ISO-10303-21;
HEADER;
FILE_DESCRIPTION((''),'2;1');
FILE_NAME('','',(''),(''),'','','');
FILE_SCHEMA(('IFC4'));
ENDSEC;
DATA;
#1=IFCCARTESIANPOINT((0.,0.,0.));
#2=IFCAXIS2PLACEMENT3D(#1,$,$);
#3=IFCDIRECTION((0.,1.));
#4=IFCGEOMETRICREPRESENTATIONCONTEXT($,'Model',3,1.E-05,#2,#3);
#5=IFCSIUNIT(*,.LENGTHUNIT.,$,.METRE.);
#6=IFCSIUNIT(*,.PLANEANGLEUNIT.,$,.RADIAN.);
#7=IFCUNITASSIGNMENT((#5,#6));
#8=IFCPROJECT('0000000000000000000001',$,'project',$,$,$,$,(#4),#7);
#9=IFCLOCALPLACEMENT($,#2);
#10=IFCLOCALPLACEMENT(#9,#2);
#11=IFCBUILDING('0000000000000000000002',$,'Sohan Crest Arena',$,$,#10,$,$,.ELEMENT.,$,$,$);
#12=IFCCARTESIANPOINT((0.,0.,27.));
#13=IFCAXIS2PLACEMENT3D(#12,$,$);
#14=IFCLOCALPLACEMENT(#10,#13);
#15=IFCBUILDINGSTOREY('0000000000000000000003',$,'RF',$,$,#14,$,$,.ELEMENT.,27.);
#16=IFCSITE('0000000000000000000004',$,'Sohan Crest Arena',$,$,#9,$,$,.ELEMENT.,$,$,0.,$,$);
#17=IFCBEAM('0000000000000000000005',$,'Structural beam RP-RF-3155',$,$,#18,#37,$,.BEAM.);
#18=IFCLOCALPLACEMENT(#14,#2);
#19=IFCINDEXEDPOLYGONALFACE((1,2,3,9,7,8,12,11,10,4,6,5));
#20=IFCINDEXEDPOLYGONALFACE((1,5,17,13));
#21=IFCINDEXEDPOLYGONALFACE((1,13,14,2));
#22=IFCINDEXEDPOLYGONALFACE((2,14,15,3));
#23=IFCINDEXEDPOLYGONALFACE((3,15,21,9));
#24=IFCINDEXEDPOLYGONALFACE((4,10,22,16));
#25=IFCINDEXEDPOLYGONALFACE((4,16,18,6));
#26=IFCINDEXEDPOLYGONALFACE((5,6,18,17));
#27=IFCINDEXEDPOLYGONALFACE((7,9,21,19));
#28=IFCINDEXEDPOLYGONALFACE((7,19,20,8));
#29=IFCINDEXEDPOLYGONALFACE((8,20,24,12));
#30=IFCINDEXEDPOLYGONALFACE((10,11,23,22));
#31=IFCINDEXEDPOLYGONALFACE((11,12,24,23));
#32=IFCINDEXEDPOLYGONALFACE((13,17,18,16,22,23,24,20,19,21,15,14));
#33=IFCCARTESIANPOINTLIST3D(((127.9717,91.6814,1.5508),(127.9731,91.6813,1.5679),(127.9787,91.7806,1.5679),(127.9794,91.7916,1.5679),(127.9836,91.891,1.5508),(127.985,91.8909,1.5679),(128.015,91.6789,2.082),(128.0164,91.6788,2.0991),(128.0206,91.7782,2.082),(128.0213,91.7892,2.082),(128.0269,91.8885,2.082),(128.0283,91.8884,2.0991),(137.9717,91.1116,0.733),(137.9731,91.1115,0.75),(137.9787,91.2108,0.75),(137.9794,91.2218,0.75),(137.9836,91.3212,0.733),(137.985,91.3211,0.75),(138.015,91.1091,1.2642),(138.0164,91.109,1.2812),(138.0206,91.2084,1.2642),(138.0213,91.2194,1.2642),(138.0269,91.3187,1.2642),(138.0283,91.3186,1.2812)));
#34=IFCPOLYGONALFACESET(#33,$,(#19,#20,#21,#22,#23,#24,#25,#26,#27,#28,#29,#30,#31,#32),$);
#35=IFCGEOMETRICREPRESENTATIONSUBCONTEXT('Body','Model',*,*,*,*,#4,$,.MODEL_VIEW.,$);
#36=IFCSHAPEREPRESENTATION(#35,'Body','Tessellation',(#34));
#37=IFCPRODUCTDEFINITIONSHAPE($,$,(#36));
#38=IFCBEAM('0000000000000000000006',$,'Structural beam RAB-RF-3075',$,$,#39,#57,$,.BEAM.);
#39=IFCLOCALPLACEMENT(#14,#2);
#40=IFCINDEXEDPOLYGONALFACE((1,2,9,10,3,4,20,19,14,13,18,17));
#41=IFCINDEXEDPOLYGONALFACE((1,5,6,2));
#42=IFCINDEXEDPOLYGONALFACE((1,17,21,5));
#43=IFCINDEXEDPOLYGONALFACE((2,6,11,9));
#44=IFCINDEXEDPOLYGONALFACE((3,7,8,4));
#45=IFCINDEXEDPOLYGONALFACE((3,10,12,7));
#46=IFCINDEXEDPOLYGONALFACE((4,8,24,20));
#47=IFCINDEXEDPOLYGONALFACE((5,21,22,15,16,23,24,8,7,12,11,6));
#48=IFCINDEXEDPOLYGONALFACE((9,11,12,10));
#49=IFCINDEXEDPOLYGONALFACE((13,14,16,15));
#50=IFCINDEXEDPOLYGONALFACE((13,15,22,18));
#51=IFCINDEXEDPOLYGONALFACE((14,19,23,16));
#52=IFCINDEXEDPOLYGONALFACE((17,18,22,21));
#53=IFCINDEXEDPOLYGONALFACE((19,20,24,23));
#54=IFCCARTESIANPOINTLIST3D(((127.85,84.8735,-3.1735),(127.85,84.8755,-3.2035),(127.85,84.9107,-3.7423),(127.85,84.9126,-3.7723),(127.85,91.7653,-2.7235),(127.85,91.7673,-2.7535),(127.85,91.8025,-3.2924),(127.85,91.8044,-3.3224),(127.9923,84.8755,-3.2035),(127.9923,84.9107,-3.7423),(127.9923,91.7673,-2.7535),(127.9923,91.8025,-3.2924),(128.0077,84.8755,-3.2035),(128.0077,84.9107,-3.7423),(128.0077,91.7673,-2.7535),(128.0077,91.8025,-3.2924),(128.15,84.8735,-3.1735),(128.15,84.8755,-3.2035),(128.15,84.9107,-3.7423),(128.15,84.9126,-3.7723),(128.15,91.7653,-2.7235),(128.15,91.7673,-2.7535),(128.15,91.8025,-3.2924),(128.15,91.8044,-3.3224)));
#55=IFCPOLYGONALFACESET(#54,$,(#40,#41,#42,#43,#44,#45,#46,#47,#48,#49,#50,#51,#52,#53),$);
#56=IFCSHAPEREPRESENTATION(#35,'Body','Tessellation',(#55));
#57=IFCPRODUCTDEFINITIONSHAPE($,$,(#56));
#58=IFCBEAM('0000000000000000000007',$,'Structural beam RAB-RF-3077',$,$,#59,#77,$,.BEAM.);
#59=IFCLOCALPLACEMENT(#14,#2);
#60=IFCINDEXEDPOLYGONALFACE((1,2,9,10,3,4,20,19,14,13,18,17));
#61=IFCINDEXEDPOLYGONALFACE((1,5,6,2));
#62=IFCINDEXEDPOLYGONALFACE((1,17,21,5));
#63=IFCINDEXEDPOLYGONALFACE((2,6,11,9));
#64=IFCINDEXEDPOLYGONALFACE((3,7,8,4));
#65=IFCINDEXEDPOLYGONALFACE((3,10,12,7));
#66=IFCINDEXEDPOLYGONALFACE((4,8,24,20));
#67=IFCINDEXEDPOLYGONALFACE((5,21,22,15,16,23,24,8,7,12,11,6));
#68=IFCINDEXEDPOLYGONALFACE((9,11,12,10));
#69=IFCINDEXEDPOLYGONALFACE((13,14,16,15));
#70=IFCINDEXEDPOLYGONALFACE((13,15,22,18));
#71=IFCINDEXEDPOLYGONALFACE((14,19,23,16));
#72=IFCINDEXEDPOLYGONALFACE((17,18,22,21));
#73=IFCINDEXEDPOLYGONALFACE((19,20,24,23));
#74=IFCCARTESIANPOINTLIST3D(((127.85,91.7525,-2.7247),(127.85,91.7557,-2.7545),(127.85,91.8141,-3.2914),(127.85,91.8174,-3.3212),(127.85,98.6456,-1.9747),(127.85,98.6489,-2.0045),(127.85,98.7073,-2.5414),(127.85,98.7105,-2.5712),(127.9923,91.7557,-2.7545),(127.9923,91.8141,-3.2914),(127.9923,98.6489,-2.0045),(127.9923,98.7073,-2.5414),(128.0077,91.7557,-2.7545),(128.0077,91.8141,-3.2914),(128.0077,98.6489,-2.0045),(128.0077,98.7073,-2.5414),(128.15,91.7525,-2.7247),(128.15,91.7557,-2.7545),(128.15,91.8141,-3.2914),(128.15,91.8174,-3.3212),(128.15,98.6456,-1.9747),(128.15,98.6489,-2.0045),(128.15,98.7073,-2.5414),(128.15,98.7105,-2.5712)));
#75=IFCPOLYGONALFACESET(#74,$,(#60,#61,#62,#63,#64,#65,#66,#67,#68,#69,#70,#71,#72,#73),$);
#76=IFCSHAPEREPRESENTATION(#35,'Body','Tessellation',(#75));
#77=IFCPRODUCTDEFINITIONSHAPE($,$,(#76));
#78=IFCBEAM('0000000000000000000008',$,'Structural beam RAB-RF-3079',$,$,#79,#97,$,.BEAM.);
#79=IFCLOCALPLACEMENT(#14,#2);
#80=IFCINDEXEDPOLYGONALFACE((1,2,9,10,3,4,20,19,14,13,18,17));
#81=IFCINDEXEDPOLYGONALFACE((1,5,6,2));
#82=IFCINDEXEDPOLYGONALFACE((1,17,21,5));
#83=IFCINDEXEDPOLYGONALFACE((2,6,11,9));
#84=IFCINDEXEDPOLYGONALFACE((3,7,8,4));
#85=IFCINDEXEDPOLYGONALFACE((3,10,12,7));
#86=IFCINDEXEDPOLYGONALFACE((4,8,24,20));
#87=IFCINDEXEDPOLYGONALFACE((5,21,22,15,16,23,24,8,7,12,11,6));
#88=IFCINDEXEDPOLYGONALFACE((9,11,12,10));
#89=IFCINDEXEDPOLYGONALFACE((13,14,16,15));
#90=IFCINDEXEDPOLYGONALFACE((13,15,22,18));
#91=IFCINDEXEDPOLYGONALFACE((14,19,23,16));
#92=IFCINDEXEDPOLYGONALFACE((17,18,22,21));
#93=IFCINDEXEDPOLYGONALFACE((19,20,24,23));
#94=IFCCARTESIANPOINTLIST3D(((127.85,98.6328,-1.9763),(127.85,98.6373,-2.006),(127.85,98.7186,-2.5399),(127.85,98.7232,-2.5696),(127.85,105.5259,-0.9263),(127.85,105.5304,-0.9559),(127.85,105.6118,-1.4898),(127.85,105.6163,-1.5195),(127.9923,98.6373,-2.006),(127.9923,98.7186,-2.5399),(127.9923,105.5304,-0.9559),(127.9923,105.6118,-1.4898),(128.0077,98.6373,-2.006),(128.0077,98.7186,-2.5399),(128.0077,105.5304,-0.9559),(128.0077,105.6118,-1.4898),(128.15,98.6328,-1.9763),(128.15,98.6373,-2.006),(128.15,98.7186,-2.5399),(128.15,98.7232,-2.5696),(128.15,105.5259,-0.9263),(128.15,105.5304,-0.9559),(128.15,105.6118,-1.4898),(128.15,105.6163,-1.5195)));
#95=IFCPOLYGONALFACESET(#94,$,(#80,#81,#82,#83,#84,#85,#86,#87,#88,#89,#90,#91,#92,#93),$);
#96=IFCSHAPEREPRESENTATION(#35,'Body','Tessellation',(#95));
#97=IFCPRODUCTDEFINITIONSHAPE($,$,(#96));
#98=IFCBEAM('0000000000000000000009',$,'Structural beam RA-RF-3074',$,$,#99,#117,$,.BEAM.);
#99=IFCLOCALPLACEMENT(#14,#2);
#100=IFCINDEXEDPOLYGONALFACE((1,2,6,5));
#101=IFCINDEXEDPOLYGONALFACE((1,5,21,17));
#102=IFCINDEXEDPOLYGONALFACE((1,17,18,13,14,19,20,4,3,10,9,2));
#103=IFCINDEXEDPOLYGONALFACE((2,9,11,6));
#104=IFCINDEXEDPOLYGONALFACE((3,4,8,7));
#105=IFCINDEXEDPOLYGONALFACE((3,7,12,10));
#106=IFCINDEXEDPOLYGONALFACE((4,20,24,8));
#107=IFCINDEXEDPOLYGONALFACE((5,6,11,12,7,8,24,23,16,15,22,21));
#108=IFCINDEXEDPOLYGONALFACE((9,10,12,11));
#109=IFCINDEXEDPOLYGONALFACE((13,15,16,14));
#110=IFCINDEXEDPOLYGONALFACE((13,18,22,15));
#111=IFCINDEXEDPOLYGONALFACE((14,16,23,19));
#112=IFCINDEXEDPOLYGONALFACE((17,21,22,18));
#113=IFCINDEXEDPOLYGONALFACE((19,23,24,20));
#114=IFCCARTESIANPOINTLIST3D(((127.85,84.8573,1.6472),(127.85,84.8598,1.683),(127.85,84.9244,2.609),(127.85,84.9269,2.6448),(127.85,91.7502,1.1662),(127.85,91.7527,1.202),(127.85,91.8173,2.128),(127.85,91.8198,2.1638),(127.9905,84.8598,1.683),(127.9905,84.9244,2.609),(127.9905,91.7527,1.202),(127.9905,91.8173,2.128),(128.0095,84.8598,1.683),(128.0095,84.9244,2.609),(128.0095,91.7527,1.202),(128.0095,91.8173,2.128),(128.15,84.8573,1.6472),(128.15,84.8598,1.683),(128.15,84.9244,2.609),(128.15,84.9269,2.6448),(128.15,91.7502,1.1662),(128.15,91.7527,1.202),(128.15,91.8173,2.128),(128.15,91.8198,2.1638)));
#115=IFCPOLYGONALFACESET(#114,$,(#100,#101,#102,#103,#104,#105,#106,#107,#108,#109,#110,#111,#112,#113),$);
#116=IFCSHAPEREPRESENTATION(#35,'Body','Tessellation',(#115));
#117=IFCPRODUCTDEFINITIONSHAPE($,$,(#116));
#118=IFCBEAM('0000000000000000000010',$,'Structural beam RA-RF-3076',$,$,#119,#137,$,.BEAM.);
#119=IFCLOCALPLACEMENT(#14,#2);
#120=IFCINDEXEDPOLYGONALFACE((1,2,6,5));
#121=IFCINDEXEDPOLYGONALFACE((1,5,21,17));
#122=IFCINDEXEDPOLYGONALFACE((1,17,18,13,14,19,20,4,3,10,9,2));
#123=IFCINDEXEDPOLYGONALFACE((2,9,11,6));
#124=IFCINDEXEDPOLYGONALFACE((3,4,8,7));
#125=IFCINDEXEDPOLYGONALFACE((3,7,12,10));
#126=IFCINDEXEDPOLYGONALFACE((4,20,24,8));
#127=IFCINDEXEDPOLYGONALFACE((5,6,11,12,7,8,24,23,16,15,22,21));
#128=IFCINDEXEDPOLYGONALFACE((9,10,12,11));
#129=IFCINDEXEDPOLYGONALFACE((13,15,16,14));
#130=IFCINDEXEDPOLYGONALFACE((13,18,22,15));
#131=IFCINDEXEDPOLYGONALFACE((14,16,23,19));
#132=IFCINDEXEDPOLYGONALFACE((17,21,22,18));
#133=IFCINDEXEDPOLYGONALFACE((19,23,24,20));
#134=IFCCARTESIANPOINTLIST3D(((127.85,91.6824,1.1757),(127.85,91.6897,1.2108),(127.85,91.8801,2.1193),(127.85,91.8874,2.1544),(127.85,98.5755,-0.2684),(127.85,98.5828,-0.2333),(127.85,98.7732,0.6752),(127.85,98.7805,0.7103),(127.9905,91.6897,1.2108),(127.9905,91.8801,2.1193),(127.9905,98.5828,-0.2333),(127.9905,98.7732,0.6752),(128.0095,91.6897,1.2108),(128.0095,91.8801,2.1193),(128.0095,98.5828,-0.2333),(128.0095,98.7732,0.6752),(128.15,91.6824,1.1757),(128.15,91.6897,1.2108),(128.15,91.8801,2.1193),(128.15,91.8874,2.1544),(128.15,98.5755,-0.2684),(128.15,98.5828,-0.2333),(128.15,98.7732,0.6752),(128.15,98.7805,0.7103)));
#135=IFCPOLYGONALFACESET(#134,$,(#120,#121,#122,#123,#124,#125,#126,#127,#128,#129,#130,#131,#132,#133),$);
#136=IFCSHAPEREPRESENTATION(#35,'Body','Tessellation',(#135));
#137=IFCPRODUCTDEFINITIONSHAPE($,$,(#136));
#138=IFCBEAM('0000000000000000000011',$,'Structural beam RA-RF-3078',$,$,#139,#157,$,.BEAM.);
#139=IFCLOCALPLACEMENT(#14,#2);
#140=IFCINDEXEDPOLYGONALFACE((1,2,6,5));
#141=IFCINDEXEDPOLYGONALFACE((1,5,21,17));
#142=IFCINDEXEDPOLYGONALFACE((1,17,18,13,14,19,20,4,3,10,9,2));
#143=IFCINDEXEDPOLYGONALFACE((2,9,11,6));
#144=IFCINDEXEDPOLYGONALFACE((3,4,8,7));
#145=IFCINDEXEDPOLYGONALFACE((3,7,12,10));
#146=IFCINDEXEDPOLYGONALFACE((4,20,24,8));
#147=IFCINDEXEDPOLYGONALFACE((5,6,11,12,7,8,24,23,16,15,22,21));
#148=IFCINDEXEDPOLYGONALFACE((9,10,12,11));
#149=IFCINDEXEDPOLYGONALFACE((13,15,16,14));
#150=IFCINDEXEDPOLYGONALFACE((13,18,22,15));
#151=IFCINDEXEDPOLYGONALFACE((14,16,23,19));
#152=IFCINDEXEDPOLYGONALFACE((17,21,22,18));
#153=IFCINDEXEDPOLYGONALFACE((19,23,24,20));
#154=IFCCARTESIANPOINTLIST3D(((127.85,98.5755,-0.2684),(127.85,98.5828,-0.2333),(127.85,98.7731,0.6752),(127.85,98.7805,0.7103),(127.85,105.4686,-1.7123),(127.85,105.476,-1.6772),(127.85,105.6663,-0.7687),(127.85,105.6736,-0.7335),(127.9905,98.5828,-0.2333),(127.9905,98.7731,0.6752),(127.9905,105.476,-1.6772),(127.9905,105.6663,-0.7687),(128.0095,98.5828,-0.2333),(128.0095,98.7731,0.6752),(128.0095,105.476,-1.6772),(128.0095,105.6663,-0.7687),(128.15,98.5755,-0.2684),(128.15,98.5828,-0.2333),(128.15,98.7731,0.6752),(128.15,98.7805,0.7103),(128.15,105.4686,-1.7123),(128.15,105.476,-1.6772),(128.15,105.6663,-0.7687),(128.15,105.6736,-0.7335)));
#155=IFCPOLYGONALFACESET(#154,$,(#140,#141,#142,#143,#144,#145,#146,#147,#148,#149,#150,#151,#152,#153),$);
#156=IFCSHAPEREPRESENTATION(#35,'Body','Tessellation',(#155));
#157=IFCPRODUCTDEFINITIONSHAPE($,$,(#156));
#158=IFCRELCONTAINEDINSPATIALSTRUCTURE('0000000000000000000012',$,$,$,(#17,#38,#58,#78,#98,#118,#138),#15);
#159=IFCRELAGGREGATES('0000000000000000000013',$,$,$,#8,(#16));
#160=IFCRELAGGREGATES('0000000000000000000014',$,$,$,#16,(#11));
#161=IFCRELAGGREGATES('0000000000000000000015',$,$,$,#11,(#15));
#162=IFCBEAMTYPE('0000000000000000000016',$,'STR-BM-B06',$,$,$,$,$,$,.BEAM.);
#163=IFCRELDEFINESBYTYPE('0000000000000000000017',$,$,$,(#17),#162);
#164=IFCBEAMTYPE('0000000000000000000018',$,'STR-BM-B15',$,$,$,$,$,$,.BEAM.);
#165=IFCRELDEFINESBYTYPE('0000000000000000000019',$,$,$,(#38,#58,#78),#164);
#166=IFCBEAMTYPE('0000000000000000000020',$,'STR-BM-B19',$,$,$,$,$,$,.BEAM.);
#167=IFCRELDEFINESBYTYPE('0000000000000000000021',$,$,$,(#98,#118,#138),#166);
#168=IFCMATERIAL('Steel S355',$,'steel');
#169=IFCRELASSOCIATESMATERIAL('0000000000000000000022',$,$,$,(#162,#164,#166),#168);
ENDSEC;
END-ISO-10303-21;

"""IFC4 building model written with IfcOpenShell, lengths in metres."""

from ifc_helpers import new_model, si_unit, direction, frame, origin, origin_2d, place, context, subcontext, project, spatial, i_section, extrude, material, material_profile, profile_set, type_object, element, save


model = new_model("IFC4")

# Units and contexts
model_context = context("Model", 3, precision=1e-05, world=origin(), true_north=direction((0.0, 1.0)))
body_context = subcontext(model_context, "Body", "Model", "MODEL_VIEW")
ifc_project = project(units=[si_unit("LENGTHUNIT", "METRE"), si_unit("PLANEANGLEUNIT", "RADIAN")], contexts=[model_context])

# Site, building, storey
site_placement = place(None, origin())
site = spatial("IfcSite", under=ifc_project, at=site_placement, Name="Sohan Crest Arena", CompositionType="ELEMENT", RefElevation=0.0)
building_placement = place(site_placement, origin())
building = spatial("IfcBuilding", under=site, at=building_placement, Name="Sohan Crest Arena", CompositionType="ELEMENT")
storey_placement = place(building_placement, frame((0.0, 0.0, 27.0)))
storey = spatial("IfcBuildingStorey", under=building, at=storey_placement, Name="RF", CompositionType="ELEMENT", Elevation=27.0)

# Beams
ifc_material_1 = material(Name="Steel S355", Category="steel")
ifc_material_profile_1 = material_profile(ifc_material_1, i_section(OverallWidth=0.21, OverallDepth=0.55, WebThickness=0.011, FlangeThickness=0.0171, at=origin_2d()), Name="IPE 550")
ifc_profile_set_1 = profile_set([ifc_material_profile_1], Name="Steel S355")
beam_type_1 = type_object("IfcBeamType", Name="STR-BM-B06", PredefinedType="BEAM", material=ifc_profile_set_1)
beam_1_placement = place(storey_placement, frame((128.0, 91.7849, 1.825), z_axis=(0.995069, -0.056701, -0.081384), x_axis=(0.05689, 0.99838, 0.0)))
element("IfcBeam", 1, at=beam_1_placement, inside=storey, type_object=beam_type_1, Name="Structural beam RP-RF-3155", PredefinedType="BEAM", context=body_context, shape_type="SweptSolid", body=[
    extrude(i_section(OverallWidth=0.21, OverallDepth=0.55, WebThickness=0.011, FlangeThickness=0.0171, at=origin_2d()), origin(), (0.0, 0.0, 1.0), 10.0496),
])
ifc_material_profile_2 = material_profile(ifc_material_1, i_section(OverallWidth=0.3, OverallDepth=0.6001, WebThickness=0.0154, FlangeThickness=0.03, at=origin_2d()), Name="HEB 600")
ifc_profile_set_2 = profile_set([ifc_material_profile_2], Name="Steel S355")
beam_type_2 = type_object("IfcBeamType", Name="STR-BM-B15", PredefinedType="BEAM", material=ifc_profile_set_2)
beam_2_placement = place(storey_placement, frame((128.0, 84.8931, -3.4729), z_axis=(0.0, 0.997876, 0.065149), x_axis=(-1.0, 0.0, 0.0)))
element("IfcBeam", 2, at=beam_2_placement, inside=storey, type_object=beam_type_2, Name="Structural beam RAB-RF-3075", PredefinedType="BEAM", context=body_context, shape_type="SweptSolid", body=[
    extrude(i_section(OverallWidth=0.3, OverallDepth=0.6001, WebThickness=0.0154, FlangeThickness=0.03, at=origin_2d()), origin(), (0.0, 0.0, 1.0), 6.9065),
])
beam_3_placement = place(storey_placement, frame((128.0, 91.7849, -3.0229), z_axis=(0.0, 0.994133, 0.108167), x_axis=(-1.0, 0.0, 0.0)))
element("IfcBeam", 3, at=beam_3_placement, inside=storey, type_object=beam_type_2, Name="Structural beam RAB-RF-3077", PredefinedType="BEAM", context=body_context, shape_type="SweptSolid", body=[
    extrude(i_section(OverallWidth=0.3, OverallDepth=0.6001, WebThickness=0.0154, FlangeThickness=0.03, at=origin_2d()), origin(), (0.0, 0.0, 1.0), 6.9338),
])
beam_4_placement = place(storey_placement, frame((128.0, 98.678, -2.2729), z_axis=(0.0, 0.988595, 0.150597), x_axis=(-1.0, 0.0, 0.0)))
element("IfcBeam", 4, at=beam_4_placement, inside=storey, type_object=beam_type_2, Name="Structural beam RAB-RF-3079", PredefinedType="BEAM", context=body_context, shape_type="SweptSolid", body=[
    extrude(i_section(OverallWidth=0.3, OverallDepth=0.6001, WebThickness=0.0154, FlangeThickness=0.03, at=origin_2d()), origin(), (0.0, 0.0, 1.0), 6.9727),
])
ifc_material_profile_3 = material_profile(ifc_material_1, i_section(OverallWidth=0.3, OverallDepth=1.0, WebThickness=0.019, FlangeThickness=0.0359, at=origin_2d()), Name="HEB 1000")
ifc_profile_set_3 = profile_set([ifc_material_profile_3], Name="Steel S355")
beam_type_3 = type_object("IfcBeamType", Name="STR-BM-B19", PredefinedType="BEAM", material=ifc_profile_set_3)
beam_5_placement = place(storey_placement, frame((128.0, 84.8921, 2.146), z_axis=(0.0, 0.997574, -0.069607), x_axis=(-1.0, 0.0, 0.0)))
element("IfcBeam", 5, at=beam_5_placement, inside=storey, type_object=beam_type_3, Name="Structural beam RA-RF-3074", PredefinedType="BEAM", context=body_context, shape_type="SweptSolid", body=[
    extrude(i_section(OverallWidth=0.3, OverallDepth=1.0, WebThickness=0.019, FlangeThickness=0.0359, at=origin_2d()), origin(), (0.0, 0.0, 1.0), 6.9097),
])
for number, where, z_axis, x_axis, name in (
    (6, (128.0, 91.7849, 1.665), (0.0, 0.978752, -0.205048), (-1.0, 0.0, 0.0), "Structural beam RA-RF-3076"),
    (7, (128.0, 98.678, 0.2209), (0.0, 0.978759, -0.205015), (-1.0, 0.0, 0.0), "Structural beam RA-RF-3078"),
):
    element("IfcBeam", number, at=place(storey_placement, frame(where, z_axis=z_axis, x_axis=x_axis)), inside=storey, type_object=beam_type_3, Name=name, PredefinedType="BEAM", context=body_context, shape_type="SweptSolid", body=[
        extrude(i_section(OverallWidth=0.3, OverallDepth=1.0, WebThickness=0.019, FlangeThickness=0.0359, at=origin_2d()), origin(), (0.0, 0.0, 1.0), 7.0427),
    ])

save(model, "model.ifc")
